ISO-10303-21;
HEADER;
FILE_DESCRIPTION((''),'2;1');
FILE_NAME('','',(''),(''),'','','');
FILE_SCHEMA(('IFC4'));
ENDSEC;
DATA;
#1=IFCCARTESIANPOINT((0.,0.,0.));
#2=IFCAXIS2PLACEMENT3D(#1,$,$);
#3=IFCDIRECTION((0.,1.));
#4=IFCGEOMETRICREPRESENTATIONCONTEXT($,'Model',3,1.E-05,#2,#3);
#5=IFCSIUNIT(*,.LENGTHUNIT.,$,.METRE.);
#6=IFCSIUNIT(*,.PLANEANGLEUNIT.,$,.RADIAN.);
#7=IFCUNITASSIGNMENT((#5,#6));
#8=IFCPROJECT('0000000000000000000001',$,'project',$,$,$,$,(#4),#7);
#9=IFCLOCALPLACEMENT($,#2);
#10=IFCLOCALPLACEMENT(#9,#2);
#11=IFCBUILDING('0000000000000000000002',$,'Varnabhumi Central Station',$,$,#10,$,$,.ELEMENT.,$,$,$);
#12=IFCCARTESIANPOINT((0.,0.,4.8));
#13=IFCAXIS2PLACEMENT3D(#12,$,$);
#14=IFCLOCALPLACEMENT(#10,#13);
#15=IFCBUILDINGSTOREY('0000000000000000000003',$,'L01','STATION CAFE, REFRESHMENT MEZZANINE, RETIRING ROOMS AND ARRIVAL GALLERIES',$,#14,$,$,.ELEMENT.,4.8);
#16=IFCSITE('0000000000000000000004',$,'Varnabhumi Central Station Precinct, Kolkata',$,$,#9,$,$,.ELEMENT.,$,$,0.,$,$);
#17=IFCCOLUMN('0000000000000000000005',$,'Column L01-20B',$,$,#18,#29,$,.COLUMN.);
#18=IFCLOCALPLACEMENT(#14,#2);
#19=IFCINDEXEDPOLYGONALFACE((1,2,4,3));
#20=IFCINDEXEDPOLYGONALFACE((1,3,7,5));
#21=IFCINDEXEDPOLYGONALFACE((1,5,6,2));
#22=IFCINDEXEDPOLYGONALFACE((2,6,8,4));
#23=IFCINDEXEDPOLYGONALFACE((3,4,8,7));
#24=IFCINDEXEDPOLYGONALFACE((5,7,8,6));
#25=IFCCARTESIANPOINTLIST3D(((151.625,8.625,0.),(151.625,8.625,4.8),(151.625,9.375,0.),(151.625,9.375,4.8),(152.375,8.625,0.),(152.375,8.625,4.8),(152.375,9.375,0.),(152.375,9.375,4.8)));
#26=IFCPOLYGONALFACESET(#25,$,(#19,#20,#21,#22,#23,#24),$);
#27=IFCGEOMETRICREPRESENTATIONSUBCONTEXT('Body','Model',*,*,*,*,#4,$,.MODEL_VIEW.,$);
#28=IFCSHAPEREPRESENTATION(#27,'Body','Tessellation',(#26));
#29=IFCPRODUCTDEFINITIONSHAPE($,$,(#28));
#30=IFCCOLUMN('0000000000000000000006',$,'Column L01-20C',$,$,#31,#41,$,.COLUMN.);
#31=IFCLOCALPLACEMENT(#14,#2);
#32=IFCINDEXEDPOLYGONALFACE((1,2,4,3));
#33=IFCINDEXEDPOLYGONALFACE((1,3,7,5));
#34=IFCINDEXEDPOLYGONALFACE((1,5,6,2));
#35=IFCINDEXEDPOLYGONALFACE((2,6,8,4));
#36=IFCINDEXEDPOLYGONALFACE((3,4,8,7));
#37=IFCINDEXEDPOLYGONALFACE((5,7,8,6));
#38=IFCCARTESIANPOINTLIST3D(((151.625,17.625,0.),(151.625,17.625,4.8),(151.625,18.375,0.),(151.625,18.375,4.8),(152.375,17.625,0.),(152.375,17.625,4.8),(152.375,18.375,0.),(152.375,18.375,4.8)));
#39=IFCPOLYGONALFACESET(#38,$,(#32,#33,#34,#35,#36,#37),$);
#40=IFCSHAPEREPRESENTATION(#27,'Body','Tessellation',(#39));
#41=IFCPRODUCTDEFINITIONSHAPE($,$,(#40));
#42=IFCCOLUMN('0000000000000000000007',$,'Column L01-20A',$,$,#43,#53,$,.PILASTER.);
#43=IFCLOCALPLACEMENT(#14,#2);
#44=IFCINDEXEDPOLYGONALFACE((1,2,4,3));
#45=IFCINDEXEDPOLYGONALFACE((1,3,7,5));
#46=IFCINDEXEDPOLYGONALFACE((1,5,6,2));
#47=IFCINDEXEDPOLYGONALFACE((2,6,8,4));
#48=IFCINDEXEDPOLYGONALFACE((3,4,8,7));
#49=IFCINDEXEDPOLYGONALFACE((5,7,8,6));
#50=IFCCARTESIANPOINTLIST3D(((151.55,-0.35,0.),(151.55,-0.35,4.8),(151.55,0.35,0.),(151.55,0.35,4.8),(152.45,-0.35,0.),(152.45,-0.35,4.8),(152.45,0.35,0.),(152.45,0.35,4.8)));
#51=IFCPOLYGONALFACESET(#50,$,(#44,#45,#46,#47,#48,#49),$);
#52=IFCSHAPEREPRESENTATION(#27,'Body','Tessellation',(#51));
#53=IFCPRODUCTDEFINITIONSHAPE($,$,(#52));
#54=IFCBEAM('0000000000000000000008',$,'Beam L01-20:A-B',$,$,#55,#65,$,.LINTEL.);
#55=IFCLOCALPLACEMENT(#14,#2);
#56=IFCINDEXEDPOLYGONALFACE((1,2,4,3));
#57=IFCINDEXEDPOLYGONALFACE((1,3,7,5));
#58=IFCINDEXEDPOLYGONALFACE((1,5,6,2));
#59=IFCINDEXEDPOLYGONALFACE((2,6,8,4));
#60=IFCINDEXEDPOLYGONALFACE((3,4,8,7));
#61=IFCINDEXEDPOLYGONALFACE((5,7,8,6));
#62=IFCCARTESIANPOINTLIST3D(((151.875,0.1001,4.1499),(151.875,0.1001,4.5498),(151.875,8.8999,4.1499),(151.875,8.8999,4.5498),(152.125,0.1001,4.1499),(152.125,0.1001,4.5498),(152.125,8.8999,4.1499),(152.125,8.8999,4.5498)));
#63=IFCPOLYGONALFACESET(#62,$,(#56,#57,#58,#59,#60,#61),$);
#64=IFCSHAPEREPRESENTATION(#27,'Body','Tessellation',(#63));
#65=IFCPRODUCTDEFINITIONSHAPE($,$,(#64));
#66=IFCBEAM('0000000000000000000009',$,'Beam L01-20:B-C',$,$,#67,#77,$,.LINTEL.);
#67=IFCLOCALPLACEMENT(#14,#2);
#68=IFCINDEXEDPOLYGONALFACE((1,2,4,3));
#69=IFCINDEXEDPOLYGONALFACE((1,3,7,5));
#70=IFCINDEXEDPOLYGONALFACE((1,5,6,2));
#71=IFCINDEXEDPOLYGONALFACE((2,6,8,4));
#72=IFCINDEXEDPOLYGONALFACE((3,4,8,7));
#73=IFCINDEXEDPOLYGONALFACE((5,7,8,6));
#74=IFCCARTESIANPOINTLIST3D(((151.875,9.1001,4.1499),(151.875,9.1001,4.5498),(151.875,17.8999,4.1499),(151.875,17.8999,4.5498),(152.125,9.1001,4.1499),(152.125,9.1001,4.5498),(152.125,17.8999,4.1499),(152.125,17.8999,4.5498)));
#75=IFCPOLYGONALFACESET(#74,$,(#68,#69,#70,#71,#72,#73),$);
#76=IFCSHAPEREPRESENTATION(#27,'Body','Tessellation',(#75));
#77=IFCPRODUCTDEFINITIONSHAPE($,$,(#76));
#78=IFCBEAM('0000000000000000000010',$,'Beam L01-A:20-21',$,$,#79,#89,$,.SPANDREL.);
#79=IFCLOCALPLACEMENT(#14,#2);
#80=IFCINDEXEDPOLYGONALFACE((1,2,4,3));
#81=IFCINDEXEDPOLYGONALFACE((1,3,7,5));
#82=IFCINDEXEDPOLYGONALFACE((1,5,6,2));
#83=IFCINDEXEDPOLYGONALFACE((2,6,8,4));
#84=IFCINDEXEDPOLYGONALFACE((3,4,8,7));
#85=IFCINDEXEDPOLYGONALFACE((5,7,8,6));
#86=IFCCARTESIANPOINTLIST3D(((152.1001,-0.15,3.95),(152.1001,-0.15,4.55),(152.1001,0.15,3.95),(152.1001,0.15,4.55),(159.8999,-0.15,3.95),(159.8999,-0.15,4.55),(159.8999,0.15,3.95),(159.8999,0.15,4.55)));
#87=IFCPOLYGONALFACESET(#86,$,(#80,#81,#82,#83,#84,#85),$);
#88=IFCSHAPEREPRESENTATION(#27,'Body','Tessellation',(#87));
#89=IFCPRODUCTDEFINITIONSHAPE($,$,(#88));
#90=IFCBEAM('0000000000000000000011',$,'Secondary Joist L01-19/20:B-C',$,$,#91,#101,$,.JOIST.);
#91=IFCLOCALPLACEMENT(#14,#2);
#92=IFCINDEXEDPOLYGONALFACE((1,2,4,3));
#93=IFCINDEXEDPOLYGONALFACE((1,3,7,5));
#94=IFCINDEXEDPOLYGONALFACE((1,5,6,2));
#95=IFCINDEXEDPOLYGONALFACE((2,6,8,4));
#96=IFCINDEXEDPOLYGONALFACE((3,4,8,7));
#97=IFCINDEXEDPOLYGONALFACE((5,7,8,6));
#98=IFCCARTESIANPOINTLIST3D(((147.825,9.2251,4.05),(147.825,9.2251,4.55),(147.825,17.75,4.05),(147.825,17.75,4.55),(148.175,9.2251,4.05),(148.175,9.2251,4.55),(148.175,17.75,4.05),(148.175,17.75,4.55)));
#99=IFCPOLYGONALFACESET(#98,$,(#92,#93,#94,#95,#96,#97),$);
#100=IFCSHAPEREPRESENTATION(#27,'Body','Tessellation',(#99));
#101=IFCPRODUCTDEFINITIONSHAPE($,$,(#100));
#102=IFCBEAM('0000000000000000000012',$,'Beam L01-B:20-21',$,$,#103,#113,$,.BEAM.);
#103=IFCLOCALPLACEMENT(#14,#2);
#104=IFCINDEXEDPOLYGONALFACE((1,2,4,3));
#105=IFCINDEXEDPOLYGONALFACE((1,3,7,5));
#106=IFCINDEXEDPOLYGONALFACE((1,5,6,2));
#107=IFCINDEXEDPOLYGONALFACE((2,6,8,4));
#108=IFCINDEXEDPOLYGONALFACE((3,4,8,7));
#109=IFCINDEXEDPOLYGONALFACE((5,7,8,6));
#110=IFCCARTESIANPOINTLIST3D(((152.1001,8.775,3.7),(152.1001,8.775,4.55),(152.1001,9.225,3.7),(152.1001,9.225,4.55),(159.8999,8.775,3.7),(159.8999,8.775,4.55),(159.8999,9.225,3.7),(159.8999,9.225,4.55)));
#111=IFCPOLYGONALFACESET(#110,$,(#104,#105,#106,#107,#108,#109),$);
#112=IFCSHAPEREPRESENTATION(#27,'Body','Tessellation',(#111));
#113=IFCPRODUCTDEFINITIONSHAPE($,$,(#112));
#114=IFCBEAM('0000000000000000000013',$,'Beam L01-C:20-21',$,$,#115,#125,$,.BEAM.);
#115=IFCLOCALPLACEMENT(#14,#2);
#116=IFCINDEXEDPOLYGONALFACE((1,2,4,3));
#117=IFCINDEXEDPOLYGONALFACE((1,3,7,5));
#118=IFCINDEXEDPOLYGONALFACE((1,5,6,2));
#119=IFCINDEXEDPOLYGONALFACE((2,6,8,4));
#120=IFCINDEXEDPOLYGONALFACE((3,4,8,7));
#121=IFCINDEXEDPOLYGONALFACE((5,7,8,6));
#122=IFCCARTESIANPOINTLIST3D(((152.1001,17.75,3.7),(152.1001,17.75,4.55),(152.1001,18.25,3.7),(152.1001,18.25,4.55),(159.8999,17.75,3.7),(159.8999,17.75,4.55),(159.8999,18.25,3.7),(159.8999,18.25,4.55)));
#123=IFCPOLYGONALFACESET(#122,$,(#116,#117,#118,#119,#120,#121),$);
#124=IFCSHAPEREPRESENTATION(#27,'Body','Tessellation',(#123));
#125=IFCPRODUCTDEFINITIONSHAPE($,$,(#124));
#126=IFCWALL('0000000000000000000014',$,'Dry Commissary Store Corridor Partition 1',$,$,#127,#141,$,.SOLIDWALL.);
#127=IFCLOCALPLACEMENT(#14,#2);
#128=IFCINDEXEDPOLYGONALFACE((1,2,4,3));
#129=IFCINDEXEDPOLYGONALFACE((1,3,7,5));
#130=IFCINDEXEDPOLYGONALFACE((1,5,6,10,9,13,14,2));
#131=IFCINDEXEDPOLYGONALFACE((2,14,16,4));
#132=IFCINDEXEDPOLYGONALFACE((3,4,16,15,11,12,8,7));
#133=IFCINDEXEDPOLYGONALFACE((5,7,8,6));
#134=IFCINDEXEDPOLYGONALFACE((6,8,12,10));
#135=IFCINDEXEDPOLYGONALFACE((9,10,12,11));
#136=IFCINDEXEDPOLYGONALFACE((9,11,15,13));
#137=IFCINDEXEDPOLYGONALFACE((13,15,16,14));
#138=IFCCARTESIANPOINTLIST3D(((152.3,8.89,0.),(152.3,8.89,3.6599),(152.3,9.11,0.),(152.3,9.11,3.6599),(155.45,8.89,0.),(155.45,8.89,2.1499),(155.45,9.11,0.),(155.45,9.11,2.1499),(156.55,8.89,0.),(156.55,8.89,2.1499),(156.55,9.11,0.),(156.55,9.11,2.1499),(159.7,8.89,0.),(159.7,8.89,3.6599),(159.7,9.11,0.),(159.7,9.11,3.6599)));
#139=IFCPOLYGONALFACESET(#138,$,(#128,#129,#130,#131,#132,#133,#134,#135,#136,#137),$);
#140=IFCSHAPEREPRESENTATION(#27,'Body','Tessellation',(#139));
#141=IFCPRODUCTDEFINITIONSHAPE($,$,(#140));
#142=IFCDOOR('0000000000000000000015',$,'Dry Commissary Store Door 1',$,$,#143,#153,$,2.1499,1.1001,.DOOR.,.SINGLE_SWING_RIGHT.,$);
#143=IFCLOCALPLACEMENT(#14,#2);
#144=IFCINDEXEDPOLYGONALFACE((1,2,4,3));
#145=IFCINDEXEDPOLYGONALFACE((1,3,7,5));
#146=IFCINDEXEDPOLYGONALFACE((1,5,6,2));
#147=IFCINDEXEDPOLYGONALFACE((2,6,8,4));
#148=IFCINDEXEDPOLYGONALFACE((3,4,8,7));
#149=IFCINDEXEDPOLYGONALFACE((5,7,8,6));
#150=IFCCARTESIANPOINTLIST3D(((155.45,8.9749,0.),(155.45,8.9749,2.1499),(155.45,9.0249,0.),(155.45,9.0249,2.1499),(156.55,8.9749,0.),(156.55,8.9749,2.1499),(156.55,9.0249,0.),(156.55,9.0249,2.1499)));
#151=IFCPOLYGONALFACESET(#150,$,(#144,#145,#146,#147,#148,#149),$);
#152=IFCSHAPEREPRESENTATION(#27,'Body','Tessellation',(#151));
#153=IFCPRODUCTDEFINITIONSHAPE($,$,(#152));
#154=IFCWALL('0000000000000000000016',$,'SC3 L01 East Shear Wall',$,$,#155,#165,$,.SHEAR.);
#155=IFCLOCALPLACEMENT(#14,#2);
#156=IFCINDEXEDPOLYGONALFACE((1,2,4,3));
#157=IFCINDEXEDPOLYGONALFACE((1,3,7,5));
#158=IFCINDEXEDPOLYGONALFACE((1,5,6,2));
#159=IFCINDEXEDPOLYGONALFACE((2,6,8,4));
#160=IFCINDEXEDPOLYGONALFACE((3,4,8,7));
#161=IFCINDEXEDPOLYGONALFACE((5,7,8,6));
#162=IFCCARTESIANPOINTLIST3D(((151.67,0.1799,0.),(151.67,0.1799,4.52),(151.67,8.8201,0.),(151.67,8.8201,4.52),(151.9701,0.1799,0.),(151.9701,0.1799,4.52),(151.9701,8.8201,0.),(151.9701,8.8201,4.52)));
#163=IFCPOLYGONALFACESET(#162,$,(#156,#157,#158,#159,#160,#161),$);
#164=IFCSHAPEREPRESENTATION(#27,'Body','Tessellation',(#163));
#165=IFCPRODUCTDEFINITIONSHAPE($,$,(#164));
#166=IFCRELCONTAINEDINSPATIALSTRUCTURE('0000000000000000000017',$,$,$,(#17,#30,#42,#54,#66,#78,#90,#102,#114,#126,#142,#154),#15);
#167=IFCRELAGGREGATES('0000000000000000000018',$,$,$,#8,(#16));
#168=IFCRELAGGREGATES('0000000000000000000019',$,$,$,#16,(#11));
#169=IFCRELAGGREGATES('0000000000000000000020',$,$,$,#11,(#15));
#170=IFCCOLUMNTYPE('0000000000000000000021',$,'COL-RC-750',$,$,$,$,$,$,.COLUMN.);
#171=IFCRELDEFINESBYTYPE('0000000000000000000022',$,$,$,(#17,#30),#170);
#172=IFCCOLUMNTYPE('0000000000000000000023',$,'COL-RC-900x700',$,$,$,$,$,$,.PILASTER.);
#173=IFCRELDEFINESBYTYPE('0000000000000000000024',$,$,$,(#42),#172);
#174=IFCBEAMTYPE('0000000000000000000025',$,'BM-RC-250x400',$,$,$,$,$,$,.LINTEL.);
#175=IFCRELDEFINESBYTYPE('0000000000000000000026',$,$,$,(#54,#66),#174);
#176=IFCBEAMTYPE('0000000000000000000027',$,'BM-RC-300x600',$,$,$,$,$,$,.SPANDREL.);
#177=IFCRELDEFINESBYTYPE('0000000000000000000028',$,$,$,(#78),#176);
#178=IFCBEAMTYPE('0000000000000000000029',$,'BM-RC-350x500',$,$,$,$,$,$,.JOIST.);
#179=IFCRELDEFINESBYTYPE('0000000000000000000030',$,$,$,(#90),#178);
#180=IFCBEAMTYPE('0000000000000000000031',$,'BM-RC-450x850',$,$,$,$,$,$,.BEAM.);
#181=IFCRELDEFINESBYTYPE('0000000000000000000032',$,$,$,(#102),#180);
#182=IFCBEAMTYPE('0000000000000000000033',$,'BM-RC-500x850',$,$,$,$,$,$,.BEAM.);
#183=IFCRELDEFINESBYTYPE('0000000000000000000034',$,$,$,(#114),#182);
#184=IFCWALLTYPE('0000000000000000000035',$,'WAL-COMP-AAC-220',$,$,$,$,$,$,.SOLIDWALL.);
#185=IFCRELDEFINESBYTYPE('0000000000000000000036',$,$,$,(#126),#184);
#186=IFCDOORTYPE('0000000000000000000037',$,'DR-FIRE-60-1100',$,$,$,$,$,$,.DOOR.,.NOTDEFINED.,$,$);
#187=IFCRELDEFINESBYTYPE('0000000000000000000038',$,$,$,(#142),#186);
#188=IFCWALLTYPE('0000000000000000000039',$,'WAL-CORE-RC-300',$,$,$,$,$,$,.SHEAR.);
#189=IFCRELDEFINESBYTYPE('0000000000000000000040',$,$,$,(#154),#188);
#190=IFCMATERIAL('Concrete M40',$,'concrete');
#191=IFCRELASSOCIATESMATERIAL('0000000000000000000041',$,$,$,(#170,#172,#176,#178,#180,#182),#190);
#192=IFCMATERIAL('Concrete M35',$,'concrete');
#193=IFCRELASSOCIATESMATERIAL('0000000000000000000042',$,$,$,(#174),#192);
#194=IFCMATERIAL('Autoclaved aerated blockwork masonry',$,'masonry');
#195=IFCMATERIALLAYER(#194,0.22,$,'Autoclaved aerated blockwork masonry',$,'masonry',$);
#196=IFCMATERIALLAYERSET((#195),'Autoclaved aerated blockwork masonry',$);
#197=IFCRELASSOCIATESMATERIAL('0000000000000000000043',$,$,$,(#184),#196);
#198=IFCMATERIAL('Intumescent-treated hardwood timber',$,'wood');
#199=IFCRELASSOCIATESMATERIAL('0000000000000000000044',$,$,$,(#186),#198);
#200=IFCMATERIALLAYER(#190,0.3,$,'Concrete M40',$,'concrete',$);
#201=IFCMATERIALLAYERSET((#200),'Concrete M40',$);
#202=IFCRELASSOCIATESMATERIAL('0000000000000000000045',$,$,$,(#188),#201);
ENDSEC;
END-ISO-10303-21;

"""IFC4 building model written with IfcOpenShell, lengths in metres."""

from ifc_helpers import new_model, si_unit, direction, frame, frame_2d, origin, origin_2d, place, context, subcontext, project, spatial, rectangle, extrude, material, layer, layer_set, material_profile, profile_set, type_object, element, fill, save


model = new_model("IFC4")

# Units and contexts
model_context = context("Model", 3, precision=1e-05, world=origin(), true_north=direction((0.0, 1.0)))
body_context = subcontext(model_context, "Body", "Model", "MODEL_VIEW")
ifc_project = project(units=[si_unit("LENGTHUNIT", "METRE"), si_unit("PLANEANGLEUNIT", "RADIAN")], contexts=[model_context])

# Site, building, storey
site_placement = place(None, origin())
site = spatial("IfcSite", under=ifc_project, at=site_placement, Name="Varnabhumi Central Station Precinct, Kolkata", CompositionType="ELEMENT", RefElevation=0.0)
building_placement = place(site_placement, origin())
building = spatial("IfcBuilding", under=site, at=building_placement, Name="Varnabhumi Central Station", CompositionType="ELEMENT")
storey_placement = place(building_placement, frame((0.0, 0.0, 4.8)))
storey = spatial("IfcBuildingStorey", under=building, at=storey_placement, Name="L01", Description="STATION CAFE, REFRESHMENT MEZZANINE, RETIRING ROOMS AND ARRIVAL GALLERIES", CompositionType="ELEMENT", Elevation=4.8)

# Columns
ifc_material_1 = material(Name="Concrete M40", Category="concrete")
ifc_material_profile_1 = material_profile(ifc_material_1, rectangle(XDim=0.75, YDim=0.75, at=origin_2d()), Name="Concrete M40", Category="concrete")
ifc_profile_set_1 = profile_set([ifc_material_profile_1], Name="Concrete M40")
column_type_1 = type_object("IfcColumnType", Name="COL-RC-750", PredefinedType="COLUMN", material=ifc_profile_set_1)
for number, where, z_axis, x_axis, name in (
    (1, (152.0, 9.0, 0.0), (0.0, 0.0, 1.0), (1.0, 0.0, 0.0), "Column L01-20B"),
    (2, (152.0, 18.0, 0.0), (0.0, 0.0, 1.0), (1.0, 0.0, 0.0), "Column L01-20C"),
):
    element("IfcColumn", number, at=place(storey_placement, frame(where, z_axis=z_axis, x_axis=x_axis)), inside=storey, type_object=column_type_1, Name=name, PredefinedType="COLUMN", context=body_context, shape_type="SweptSolid", body=[
        extrude(rectangle(XDim=0.75, YDim=0.75, at=origin_2d()), origin(), (0.0, 0.0, 1.0), 4.8),
    ])
ifc_material_profile_2 = material_profile(ifc_material_1, rectangle(XDim=0.8999, YDim=0.7, at=origin_2d()), Name="Concrete M40", Category="concrete")
ifc_profile_set_2 = profile_set([ifc_material_profile_2], Name="Concrete M40")
column_type_2 = type_object("IfcColumnType", Name="COL-RC-900x700", PredefinedType="PILASTER", material=ifc_profile_set_2)
column_placement = place(storey_placement, frame((152.0, 0.0, 0.0), z_axis=(0.0, 0.0, 1.0), x_axis=(1.0, 0.0, 0.0)))
element("IfcColumn", 3, at=column_placement, inside=storey, type_object=column_type_2, Name="Column L01-20A", PredefinedType="PILASTER", context=body_context, shape_type="SweptSolid", body=[
    extrude(rectangle(XDim=0.8999, YDim=0.7, at=origin_2d()), origin(), (0.0, 0.0, 1.0), 4.8),
])

# Beams
ifc_material_2 = material(Name="Concrete M35", Category="concrete")
ifc_material_profile_3 = material_profile(ifc_material_2, rectangle(XDim=0.25, YDim=0.3999, at=origin_2d()), Name="Concrete M35", Category="concrete")
ifc_profile_set_3 = profile_set([ifc_material_profile_3], Name="Concrete M35")
beam_type_1 = type_object("IfcBeamType", Name="BM-RC-250x400", PredefinedType="LINTEL", material=ifc_profile_set_3)
for number, where, z_axis, x_axis, name in (
    (4, (152.0, 0.1001, 4.3499), (0.0, 1.0, 0.0), (-1.0, 0.0, 0.0), "Beam L01-20:A-B"),
    (5, (152.0, 9.1001, 4.3499), (0.0, 1.0, 0.0), (-1.0, 0.0, 0.0), "Beam L01-20:B-C"),
):
    element("IfcBeam", number, at=place(storey_placement, frame(where, z_axis=z_axis, x_axis=x_axis)), inside=storey, type_object=beam_type_1, Name=name, PredefinedType="LINTEL", context=body_context, shape_type="SweptSolid", body=[
        extrude(rectangle(XDim=0.25, YDim=0.3999, at=origin_2d()), origin(), (0.0, 0.0, 1.0), 8.7998),
    ])
ifc_material_profile_4 = material_profile(ifc_material_1, rectangle(XDim=0.3, YDim=0.6001, at=origin_2d()), Name="Concrete M40", Category="concrete")
ifc_profile_set_4 = profile_set([ifc_material_profile_4], Name="Concrete M40")
beam_type_2 = type_object("IfcBeamType", Name="BM-RC-300x600", PredefinedType="SPANDREL", material=ifc_profile_set_4)
beam_1_placement = place(storey_placement, frame((152.1001, 0.0, 4.25), z_axis=(1.0, 0.0, 0.0), x_axis=(0.0, 1.0, 0.0)))
element("IfcBeam", 6, at=beam_1_placement, inside=storey, type_object=beam_type_2, Name="Beam L01-A:20-21", PredefinedType="SPANDREL", context=body_context, shape_type="SweptSolid", body=[
    extrude(rectangle(XDim=0.3, YDim=0.6001, at=origin_2d()), origin(), (0.0, 0.0, 1.0), 7.7998),
])
ifc_material_profile_5 = material_profile(ifc_material_1, rectangle(XDim=0.3501, YDim=0.5, at=origin_2d()), Name="Concrete M40", Category="concrete")
ifc_profile_set_5 = profile_set([ifc_material_profile_5], Name="Concrete M40")
beam_type_3 = type_object("IfcBeamType", Name="BM-RC-350x500", PredefinedType="JOIST", material=ifc_profile_set_5)
beam_2_placement = place(storey_placement, frame((148.0, 9.2251, 4.3), z_axis=(0.0, 1.0, 0.0), x_axis=(-1.0, 0.0, 0.0)))
element("IfcBeam", 7, at=beam_2_placement, inside=storey, type_object=beam_type_3, Name="Secondary Joist L01-19/20:B-C", PredefinedType="JOIST", context=body_context, shape_type="SweptSolid", body=[
    extrude(rectangle(XDim=0.3501, YDim=0.5, at=origin_2d()), origin(), (0.0, 0.0, 1.0), 8.5249),
])
ifc_material_profile_6 = material_profile(ifc_material_1, rectangle(XDim=0.45, YDim=0.8501, at=origin_2d()), Name="Concrete M40", Category="concrete")
ifc_profile_set_6 = profile_set([ifc_material_profile_6], Name="Concrete M40")
beam_type_4 = type_object("IfcBeamType", Name="BM-RC-450x850", PredefinedType="BEAM", material=ifc_profile_set_6)
beam_3_placement = place(storey_placement, frame((152.1001, 9.0, 4.125), z_axis=(1.0, 0.0, 0.0), x_axis=(0.0, 1.0, 0.0)))
element("IfcBeam", 8, at=beam_3_placement, inside=storey, type_object=beam_type_4, Name="Beam L01-B:20-21", PredefinedType="BEAM", context=body_context, shape_type="SweptSolid", body=[
    extrude(rectangle(XDim=0.45, YDim=0.8501, at=origin_2d()), origin(), (0.0, 0.0, 1.0), 7.7998),
])
ifc_material_profile_7 = material_profile(ifc_material_1, rectangle(XDim=0.5, YDim=0.8501, at=origin_2d()), Name="Concrete M40", Category="concrete")
ifc_profile_set_7 = profile_set([ifc_material_profile_7], Name="Concrete M40")
beam_type_5 = type_object("IfcBeamType", Name="BM-RC-500x850", PredefinedType="BEAM", material=ifc_profile_set_7)
beam_4_placement = place(storey_placement, frame((152.1001, 18.0, 4.125), z_axis=(1.0, 0.0, 0.0), x_axis=(0.0, 1.0, 0.0)))
element("IfcBeam", 9, at=beam_4_placement, inside=storey, type_object=beam_type_5, Name="Beam L01-C:20-21", PredefinedType="BEAM", context=body_context, shape_type="SweptSolid", body=[
    extrude(rectangle(XDim=0.5, YDim=0.8501, at=origin_2d()), origin(), (0.0, 0.0, 1.0), 7.7998),
])

# Wall, opening, door
ifc_material_3 = material(Name="Autoclaved aerated blockwork masonry", Category="masonry")
ifc_layer_1 = layer(ifc_material_3, 0.22, Name="Autoclaved aerated blockwork masonry", Category="masonry")
ifc_layer_set_1 = layer_set([ifc_layer_1], Name="Autoclaved aerated blockwork masonry")
wall_type_1 = type_object("IfcWallType", Name="WAL-COMP-AAC-220", PredefinedType="SOLIDWALL", material=ifc_layer_set_1)
wall_1_placement = place(storey_placement, frame((152.3, 9.0, 0.0), z_axis=(0.0, 0.0, 1.0), x_axis=(1.0, 0.0, 0.0)))
wall_1 = element("IfcWall", 10, at=wall_1_placement, inside=storey, type_object=wall_type_1, Name="Dry Commissary Store Corridor Partition 1", PredefinedType="SOLIDWALL", context=body_context, shape_type="SweptSolid", body=[
    extrude(rectangle(XDim=7.3999, YDim=0.22, at=frame_2d((3.7, 0.0))), origin(), (0.0, 0.0, 1.0), 3.6599),
])
opening_1_placement = place(wall_1_placement, frame((3.1499, 0.0, 0.0)))
opening_1 = element("IfcOpeningElement", 11, at=opening_1_placement, cuts=wall_1, PredefinedType="OPENING", context=body_context, shape_type="SweptSolid", body=[
    extrude(rectangle(XDim=1.1001, YDim=2.1499, at=frame_2d((0.55, 1.075))), frame((0.0, 0.1199, 0.0), z_axis=(0.0, -1.0, 0.0), x_axis=(1.0, 0.0, 0.0)), (0.0, 0.0, 1.0), 0.24),
])
ifc_material_4 = material(Name="Intumescent-treated hardwood timber", Category="wood")
door_type_1 = type_object("IfcDoorType", Name="DR-FIRE-60-1100", OperationType="NOTDEFINED", PredefinedType="DOOR", material=ifc_material_4)
door_1_placement = place(opening_1_placement, origin())
door_1 = element("IfcDoor", 12, at=door_1_placement, inside=storey, type_object=door_type_1, Name="Dry Commissary Store Door 1", OperationType="SINGLE_SWING_RIGHT", OverallHeight=2.1499, OverallWidth=1.1001, PredefinedType="DOOR", context=body_context, shape_type="SweptSolid", body=[
    extrude(rectangle(XDim=1.1001, YDim=2.1499, at=frame_2d((0.55, 1.075))), frame((0.0, 0.0249, 0.0), z_axis=(0.0, -1.0, 0.0), x_axis=(1.0, 0.0, 0.0)), (0.0, 0.0, 1.0), 0.05),
])
fill(opening_1, door_1)

# Wall
ifc_layer_2 = layer(ifc_material_1, 0.3, Name="Concrete M40", Category="concrete")
ifc_layer_set_2 = layer_set([ifc_layer_2], Name="Concrete M40")
wall_type_2 = type_object("IfcWallType", Name="WAL-CORE-RC-300", PredefinedType="SHEAR", material=ifc_layer_set_2)
wall_2_placement = place(storey_placement, frame((151.8201, 0.1799, 0.0), z_axis=(0.0, 0.0, 1.0), x_axis=(0.0, 1.0, 0.0)))
element("IfcWall", 13, at=wall_2_placement, inside=storey, type_object=wall_type_2, Name="SC3 L01 East Shear Wall", PredefinedType="SHEAR", context=body_context, shape_type="SweptSolid", body=[
    extrude(rectangle(XDim=8.6401, YDim=0.3, at=frame_2d((4.3201, 0.0))), origin(), (0.0, 0.0, 1.0), 4.52),
])

save(model, "model.ifc")
